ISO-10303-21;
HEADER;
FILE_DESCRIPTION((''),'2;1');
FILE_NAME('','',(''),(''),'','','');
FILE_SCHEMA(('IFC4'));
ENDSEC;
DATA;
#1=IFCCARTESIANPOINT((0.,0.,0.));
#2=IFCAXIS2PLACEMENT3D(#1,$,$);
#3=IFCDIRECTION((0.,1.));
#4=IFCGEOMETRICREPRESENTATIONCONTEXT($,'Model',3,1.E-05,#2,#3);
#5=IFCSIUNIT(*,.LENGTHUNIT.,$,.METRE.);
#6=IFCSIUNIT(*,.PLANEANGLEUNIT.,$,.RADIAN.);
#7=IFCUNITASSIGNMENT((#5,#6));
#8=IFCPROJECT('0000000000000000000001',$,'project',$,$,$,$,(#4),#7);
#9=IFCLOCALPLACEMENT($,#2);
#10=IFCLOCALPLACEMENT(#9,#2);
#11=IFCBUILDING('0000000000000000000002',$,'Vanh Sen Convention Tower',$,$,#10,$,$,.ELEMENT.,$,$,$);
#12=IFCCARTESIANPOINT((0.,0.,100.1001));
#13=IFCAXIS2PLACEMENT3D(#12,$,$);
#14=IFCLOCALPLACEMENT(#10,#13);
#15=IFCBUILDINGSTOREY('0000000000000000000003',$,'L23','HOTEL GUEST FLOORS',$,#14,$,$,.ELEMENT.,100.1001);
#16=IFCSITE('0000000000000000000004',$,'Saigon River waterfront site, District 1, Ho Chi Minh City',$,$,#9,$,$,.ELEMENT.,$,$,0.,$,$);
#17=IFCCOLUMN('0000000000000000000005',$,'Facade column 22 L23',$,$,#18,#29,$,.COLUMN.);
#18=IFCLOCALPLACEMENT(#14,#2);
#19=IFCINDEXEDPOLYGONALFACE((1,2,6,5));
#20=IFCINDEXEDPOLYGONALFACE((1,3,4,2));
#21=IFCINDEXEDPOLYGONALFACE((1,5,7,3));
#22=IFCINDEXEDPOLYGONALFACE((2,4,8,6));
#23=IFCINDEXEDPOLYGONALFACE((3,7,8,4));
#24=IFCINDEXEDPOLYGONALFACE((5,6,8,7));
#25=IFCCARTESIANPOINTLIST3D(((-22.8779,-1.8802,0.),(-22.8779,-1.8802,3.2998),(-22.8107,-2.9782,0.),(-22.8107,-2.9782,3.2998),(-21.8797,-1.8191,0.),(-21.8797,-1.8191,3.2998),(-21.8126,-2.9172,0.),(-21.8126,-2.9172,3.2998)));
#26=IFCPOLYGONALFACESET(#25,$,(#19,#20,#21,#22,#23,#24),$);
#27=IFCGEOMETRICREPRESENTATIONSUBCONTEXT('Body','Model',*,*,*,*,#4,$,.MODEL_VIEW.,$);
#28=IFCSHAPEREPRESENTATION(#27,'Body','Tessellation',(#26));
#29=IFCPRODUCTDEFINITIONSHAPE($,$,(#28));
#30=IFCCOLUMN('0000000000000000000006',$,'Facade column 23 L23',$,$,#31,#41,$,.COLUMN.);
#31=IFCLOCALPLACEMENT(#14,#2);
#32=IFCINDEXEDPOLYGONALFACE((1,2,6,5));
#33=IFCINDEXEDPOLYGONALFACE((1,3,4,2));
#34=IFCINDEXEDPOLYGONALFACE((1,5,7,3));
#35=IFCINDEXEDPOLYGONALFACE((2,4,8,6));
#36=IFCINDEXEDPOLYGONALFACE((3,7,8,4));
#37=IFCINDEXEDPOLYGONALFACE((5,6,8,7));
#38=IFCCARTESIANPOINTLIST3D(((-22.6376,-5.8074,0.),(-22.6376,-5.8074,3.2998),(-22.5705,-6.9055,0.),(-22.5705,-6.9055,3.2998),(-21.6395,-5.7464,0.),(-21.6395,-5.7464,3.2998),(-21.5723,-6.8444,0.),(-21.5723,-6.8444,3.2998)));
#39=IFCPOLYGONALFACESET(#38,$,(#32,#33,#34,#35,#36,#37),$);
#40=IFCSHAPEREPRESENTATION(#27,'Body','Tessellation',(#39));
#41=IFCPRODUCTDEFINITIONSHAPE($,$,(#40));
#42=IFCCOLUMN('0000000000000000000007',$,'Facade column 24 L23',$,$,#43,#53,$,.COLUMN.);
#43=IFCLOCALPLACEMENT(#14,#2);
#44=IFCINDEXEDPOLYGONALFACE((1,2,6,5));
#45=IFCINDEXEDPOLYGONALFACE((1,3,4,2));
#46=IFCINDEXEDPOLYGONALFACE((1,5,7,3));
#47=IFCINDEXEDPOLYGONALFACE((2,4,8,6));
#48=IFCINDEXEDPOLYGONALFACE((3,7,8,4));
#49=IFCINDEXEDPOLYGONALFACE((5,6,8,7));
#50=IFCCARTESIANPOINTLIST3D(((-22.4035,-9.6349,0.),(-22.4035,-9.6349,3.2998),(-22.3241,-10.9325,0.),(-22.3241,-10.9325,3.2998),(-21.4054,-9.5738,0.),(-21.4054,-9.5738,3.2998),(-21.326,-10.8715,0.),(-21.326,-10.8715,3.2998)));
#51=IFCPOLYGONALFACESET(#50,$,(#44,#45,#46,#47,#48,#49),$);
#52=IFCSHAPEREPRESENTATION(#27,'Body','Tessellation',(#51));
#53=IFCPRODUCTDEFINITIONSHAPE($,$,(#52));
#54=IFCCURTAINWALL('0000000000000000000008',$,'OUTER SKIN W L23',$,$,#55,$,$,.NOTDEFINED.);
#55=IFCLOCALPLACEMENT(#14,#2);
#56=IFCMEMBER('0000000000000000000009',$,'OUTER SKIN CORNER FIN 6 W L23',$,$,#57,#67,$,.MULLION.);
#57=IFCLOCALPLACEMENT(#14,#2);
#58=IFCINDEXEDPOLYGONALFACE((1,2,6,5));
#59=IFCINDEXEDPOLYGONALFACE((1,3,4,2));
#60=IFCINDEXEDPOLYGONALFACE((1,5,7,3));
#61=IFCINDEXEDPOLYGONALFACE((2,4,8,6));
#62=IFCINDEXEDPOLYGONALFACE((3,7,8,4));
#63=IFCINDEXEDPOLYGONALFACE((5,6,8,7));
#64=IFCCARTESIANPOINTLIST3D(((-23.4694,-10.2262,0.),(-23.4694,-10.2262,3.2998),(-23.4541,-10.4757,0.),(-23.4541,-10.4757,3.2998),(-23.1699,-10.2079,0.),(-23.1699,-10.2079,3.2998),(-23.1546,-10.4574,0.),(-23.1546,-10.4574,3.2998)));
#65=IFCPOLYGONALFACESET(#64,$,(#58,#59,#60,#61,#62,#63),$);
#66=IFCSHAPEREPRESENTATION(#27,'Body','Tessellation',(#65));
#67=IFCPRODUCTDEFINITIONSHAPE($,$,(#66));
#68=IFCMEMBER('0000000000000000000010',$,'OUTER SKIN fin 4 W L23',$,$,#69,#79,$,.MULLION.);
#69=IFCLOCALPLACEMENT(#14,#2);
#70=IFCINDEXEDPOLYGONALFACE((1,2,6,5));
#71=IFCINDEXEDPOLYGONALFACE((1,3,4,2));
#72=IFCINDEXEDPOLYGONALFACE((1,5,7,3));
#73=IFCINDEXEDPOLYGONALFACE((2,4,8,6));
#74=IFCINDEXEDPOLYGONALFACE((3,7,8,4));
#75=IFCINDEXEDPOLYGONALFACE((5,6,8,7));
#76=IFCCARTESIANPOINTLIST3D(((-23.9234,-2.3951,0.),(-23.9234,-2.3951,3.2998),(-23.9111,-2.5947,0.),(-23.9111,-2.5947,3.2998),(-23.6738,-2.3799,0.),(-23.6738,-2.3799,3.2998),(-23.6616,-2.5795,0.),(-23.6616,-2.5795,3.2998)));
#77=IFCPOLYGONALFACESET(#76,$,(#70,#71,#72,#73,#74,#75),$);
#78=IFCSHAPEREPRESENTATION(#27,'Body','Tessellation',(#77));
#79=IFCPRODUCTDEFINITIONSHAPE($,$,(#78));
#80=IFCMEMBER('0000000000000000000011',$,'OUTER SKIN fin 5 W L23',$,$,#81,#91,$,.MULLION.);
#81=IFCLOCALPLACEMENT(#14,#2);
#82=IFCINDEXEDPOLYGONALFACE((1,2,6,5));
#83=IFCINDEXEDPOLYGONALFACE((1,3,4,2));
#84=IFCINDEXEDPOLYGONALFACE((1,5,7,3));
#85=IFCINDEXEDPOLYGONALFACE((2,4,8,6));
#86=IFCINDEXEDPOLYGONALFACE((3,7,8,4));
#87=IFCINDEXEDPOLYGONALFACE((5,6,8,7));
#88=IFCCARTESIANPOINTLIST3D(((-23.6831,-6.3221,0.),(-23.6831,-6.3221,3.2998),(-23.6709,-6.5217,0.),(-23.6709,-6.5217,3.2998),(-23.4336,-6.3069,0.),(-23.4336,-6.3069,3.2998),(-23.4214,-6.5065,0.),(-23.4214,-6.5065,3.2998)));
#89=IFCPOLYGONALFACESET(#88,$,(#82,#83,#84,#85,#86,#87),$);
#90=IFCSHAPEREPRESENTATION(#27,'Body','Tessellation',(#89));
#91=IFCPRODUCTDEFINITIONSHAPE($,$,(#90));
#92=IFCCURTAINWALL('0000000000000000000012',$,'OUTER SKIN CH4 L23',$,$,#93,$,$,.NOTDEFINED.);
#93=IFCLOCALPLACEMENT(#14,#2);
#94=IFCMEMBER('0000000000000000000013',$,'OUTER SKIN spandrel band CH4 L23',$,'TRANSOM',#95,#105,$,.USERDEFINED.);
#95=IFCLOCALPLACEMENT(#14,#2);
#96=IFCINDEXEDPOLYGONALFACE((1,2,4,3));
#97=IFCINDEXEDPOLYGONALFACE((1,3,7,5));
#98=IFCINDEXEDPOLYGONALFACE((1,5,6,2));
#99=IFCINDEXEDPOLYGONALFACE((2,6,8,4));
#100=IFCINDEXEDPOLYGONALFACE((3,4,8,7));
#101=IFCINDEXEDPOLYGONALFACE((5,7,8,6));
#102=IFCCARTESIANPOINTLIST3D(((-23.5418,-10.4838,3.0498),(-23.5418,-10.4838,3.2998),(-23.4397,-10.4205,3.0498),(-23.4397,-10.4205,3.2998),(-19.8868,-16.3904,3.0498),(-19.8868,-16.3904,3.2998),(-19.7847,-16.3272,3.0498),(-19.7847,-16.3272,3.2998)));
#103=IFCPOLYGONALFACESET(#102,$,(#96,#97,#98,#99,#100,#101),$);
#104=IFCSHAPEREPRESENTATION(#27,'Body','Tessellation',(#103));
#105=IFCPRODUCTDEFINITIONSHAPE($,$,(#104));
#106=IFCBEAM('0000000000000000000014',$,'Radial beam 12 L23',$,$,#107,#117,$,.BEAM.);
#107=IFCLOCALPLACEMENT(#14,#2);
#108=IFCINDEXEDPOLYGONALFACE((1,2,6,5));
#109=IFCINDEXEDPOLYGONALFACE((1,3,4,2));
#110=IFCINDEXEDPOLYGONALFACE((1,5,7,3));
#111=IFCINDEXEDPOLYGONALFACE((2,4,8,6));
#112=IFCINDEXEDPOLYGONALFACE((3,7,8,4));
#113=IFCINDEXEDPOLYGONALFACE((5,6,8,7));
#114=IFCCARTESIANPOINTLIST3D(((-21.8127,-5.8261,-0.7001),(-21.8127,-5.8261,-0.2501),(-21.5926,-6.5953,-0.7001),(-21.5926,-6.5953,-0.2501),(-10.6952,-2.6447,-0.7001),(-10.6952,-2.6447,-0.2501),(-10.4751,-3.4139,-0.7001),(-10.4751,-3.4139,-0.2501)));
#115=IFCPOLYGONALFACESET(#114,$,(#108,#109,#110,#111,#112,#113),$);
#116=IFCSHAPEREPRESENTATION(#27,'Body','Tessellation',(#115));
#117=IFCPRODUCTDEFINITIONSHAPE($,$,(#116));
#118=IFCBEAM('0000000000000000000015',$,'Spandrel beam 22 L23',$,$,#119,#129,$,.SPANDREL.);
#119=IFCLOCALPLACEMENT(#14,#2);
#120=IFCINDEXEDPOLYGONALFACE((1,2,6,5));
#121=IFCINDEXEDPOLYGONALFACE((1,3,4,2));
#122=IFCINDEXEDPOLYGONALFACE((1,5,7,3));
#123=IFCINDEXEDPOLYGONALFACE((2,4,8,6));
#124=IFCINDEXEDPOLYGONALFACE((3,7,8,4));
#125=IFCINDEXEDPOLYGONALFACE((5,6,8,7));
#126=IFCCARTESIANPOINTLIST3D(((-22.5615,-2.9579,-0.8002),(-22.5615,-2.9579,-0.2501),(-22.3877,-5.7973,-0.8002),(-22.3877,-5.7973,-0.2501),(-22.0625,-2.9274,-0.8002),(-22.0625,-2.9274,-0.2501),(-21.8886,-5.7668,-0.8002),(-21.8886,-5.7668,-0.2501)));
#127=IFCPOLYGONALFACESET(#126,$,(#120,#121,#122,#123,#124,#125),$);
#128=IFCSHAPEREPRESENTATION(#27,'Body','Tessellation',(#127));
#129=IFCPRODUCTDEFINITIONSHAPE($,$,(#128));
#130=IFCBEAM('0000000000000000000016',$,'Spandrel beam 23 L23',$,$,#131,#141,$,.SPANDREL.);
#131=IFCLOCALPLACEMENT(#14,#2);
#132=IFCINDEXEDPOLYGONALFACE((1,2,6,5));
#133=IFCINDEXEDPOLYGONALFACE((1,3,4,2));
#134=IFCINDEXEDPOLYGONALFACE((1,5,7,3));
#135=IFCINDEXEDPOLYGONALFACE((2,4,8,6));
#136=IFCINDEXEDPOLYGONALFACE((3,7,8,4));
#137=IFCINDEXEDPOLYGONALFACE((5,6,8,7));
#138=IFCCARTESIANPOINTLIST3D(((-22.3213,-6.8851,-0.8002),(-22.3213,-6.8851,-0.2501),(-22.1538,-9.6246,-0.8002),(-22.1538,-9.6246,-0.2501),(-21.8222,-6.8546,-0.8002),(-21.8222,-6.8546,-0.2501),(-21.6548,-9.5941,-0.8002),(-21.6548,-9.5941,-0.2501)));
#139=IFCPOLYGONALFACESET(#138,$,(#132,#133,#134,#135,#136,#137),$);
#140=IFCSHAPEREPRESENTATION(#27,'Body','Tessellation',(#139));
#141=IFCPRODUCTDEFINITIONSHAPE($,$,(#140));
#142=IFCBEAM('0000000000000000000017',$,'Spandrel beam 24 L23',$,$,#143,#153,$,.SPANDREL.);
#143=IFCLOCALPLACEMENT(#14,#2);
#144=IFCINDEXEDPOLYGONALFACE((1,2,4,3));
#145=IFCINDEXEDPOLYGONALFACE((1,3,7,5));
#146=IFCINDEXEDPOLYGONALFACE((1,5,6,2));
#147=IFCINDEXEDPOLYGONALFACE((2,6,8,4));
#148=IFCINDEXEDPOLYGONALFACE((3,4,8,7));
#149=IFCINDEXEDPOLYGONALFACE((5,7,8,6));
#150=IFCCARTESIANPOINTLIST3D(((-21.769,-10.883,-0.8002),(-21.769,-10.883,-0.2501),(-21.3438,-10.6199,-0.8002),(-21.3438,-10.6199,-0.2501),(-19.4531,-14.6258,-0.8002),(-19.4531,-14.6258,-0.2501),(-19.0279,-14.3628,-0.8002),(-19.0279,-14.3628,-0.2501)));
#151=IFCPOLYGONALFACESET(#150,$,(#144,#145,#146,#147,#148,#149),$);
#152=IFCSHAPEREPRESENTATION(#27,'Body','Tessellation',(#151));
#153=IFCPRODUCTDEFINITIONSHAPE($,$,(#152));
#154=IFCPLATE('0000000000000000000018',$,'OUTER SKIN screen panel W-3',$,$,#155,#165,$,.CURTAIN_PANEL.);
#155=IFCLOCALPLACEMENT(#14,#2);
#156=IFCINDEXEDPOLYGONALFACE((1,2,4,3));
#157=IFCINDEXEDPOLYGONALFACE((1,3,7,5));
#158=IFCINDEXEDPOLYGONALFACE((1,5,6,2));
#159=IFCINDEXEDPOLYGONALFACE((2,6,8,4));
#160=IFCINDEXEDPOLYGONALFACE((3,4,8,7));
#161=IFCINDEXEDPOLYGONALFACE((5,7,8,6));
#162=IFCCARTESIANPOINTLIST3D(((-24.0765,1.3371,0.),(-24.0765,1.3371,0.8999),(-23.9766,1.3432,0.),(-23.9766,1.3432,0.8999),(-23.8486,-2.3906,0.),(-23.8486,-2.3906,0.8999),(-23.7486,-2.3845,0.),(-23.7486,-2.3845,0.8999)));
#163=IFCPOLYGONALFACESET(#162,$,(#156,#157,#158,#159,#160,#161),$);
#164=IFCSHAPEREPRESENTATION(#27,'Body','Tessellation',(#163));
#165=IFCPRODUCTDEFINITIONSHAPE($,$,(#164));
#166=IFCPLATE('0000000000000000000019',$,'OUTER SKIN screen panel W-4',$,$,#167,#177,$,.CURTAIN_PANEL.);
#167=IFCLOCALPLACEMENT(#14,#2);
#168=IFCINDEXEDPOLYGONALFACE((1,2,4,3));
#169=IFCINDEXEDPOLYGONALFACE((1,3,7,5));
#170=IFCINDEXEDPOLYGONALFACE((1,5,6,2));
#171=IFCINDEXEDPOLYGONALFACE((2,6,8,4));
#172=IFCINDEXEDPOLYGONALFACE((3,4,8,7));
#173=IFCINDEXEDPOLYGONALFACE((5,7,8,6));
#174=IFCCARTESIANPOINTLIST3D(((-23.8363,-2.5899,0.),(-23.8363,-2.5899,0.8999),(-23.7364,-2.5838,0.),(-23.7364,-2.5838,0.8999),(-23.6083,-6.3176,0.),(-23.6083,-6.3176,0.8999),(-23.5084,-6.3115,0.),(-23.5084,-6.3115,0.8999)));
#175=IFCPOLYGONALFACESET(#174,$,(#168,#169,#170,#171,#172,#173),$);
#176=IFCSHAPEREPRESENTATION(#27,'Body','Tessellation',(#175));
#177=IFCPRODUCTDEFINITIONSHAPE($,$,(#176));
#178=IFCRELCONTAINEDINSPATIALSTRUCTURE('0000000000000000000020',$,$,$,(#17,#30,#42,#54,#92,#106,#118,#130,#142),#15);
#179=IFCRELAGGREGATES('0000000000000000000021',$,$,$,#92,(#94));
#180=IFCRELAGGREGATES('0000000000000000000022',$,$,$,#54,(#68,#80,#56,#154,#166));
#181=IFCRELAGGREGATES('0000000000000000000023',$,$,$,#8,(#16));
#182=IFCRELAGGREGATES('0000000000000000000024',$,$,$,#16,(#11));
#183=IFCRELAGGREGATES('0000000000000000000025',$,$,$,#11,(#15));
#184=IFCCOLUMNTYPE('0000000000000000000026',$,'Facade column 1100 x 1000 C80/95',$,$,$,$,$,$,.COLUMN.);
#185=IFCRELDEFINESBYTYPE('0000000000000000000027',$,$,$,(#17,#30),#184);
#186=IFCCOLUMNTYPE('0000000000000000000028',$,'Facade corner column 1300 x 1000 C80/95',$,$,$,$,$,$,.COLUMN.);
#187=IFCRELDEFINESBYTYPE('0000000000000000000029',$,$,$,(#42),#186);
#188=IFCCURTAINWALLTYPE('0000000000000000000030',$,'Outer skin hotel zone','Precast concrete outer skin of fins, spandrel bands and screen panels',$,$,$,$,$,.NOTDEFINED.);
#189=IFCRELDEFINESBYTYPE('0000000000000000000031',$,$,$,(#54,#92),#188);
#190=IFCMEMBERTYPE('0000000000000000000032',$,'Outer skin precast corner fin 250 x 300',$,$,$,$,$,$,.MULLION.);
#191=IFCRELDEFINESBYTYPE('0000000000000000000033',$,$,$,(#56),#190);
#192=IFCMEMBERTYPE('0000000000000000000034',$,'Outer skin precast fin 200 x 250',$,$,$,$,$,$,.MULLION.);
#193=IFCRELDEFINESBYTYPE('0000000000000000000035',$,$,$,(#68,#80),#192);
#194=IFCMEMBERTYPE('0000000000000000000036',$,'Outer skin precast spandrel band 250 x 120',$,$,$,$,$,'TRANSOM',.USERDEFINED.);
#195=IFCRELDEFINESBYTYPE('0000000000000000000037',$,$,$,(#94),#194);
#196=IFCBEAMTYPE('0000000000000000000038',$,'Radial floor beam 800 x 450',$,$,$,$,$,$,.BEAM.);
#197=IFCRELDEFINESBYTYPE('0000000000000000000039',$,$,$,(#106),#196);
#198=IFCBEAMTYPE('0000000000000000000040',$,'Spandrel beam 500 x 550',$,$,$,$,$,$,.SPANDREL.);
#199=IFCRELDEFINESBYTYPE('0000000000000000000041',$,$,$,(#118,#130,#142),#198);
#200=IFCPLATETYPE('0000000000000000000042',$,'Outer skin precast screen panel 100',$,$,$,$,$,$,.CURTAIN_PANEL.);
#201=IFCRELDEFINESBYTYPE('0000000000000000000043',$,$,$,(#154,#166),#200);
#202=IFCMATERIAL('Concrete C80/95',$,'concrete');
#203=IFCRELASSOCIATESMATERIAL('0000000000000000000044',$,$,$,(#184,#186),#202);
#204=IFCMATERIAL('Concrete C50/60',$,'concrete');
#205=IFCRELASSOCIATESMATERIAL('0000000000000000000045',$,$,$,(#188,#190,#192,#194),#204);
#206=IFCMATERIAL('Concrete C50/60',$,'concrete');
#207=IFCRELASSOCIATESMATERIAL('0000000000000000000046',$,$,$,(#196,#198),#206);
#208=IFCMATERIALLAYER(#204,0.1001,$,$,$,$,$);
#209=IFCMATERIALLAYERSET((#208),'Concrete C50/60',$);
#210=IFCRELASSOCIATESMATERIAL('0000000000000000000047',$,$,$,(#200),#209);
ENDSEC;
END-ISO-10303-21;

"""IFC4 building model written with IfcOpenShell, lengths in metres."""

from ifc_helpers import new_model, si_unit, direction, frame, origin, origin_2d, place, context, subcontext, project, spatial, rectangle, extrude, material, layer, layer_set, material_profile, profile_set, type_object, element, aggregate, save


model = new_model("IFC4")

# Units and contexts
model_context = context("Model", 3, precision=1e-05, world=origin(), true_north=direction((0.0, 1.0)))
body_context = subcontext(model_context, "Body", "Model", "MODEL_VIEW")
ifc_project = project(units=[si_unit("LENGTHUNIT", "METRE"), si_unit("PLANEANGLEUNIT", "RADIAN")], contexts=[model_context])

# Site, building, storey
site_placement = place(None, origin())
site = spatial("IfcSite", under=ifc_project, at=site_placement, Name="Saigon River waterfront site, District 1, Ho Chi Minh City", CompositionType="ELEMENT", RefElevation=0.0)
building_placement = place(site_placement, origin())
building = spatial("IfcBuilding", under=site, at=building_placement, Name="Vanh Sen Convention Tower", CompositionType="ELEMENT")
storey_placement = place(building_placement, frame((0.0, 0.0, 100.1001)))
storey = spatial("IfcBuildingStorey", under=building, at=storey_placement, Name="L23", Description="HOTEL GUEST FLOORS", CompositionType="ELEMENT", Elevation=100.1001)

# Columns
ifc_material_1 = material(Name="Concrete C80/95", Category="concrete")
ifc_material_profile_1 = material_profile(ifc_material_1, rectangle(XDim=1.1001, YDim=1.0, at=origin_2d()), Name="RC 1100X1000")
ifc_profile_set_1 = profile_set([ifc_material_profile_1], Name="Concrete C80/95")
column_type_1 = type_object("IfcColumnType", Name="Facade column 1100 x 1000 C80/95", PredefinedType="COLUMN", material=ifc_profile_set_1)
for number, where, z_axis, x_axis, name in (
    (1, (-22.3452, -2.3987, 0.0), (0.0, 0.0, 1.0), (0.061049, -0.998135, 0.0), "Facade column 22 L23"),
    (2, (-22.105, -6.3259, 0.0), (0.0, 0.0, 1.0), (0.061049, -0.998135, 0.0), "Facade column 23 L23"),
):
    element("IfcColumn", number, at=place(storey_placement, frame(where, z_axis=z_axis, x_axis=x_axis)), inside=storey, type_object=column_type_1, Name=name, PredefinedType="COLUMN", context=body_context, shape_type="SweptSolid", body=[
        extrude(rectangle(XDim=1.1001, YDim=1.0, at=origin_2d()), origin(), (0.0, 0.0, 1.0), 3.2998),
    ])
ifc_material_profile_2 = material_profile(ifc_material_1, rectangle(XDim=1.3, YDim=1.0, at=origin_2d()), Name="RC 1300X1000")
ifc_profile_set_2 = profile_set([ifc_material_profile_2], Name="Concrete C80/95")
column_type_2 = type_object("IfcColumnType", Name="Facade corner column 1300 x 1000 C80/95", PredefinedType="COLUMN", material=ifc_profile_set_2)
column_placement = place(storey_placement, frame((-21.8647, -10.2532, 0.0), z_axis=(0.0, 0.0, 1.0), x_axis=(0.061049, -0.998135, 0.0)))
element("IfcColumn", 3, at=column_placement, inside=storey, type_object=column_type_2, Name="Facade column 24 L23", PredefinedType="COLUMN", context=body_context, shape_type="SweptSolid", body=[
    extrude(rectangle(XDim=1.3, YDim=1.0, at=origin_2d()), origin(), (0.0, 0.0, 1.0), 3.2998),
])

# Curtain wall, members
ifc_material_2 = material(Name="Concrete C50/60", Category="concrete")
curtain_wall_type = type_object("IfcCurtainWallType", Name="Outer skin hotel zone", Description="Precast concrete outer skin of fins, spandrel bands and screen panels", PredefinedType="NOTDEFINED", material=ifc_material_2)
curtain_wall_1_placement = place(storey_placement, origin())
curtain_wall_1 = element("IfcCurtainWall", 4, at=curtain_wall_1_placement, inside=storey, type_object=curtain_wall_type, Name="OUTER SKIN W L23", PredefinedType="NOTDEFINED")
ifc_material_profile_3 = material_profile(ifc_material_2, rectangle(XDim=0.25, YDim=0.3, at=origin_2d()), Name="Outer skin precast corner fin 250 x 300")
ifc_profile_set_3 = profile_set([ifc_material_profile_3], Name="Concrete C50/60")
member_type_1 = type_object("IfcMemberType", Name="Outer skin precast corner fin 250 x 300", PredefinedType="MULLION", material=ifc_profile_set_3)
member_1_placement = place(storey_placement, frame((-23.312, -10.3418, 0.0), z_axis=(0.0, 0.0, 1.0), x_axis=(0.061049, -0.998135, 0.0)))
member_1 = element("IfcMember", 5, at=member_1_placement, type_object=member_type_1, Name="OUTER SKIN CORNER FIN 6 W L23", PredefinedType="MULLION", context=body_context, shape_type="SweptSolid", body=[
    extrude(rectangle(XDim=0.25, YDim=0.3, at=origin_2d()), origin(), (0.0, 0.0, 1.0), 3.2998),
])
ifc_material_profile_4 = material_profile(ifc_material_2, rectangle(XDim=0.2, YDim=0.25, at=origin_2d()), Name="Outer skin precast fin 200 x 250")
ifc_profile_set_4 = profile_set([ifc_material_profile_4], Name="Concrete C50/60")
member_type_2 = type_object("IfcMemberType", Name="Outer skin precast fin 200 x 250", PredefinedType="MULLION", material=ifc_profile_set_4)
member_2_placement = place(storey_placement, frame((-23.7925, -2.4873, 0.0), z_axis=(0.0, 0.0, 1.0), x_axis=(0.061049, -0.998135, 0.0)))
member_2 = element("IfcMember", 6, at=member_2_placement, type_object=member_type_2, Name="OUTER SKIN fin 4 W L23", PredefinedType="MULLION", context=body_context, shape_type="SweptSolid", body=[
    extrude(rectangle(XDim=0.2, YDim=0.25, at=origin_2d()), origin(), (0.0, 0.0, 1.0), 3.2998),
])
member_3_placement = place(storey_placement, frame((-23.5522, -6.4143, 0.0), z_axis=(0.0, 0.0, 1.0), x_axis=(0.061049, -0.998135, 0.0)))
member_3 = element("IfcMember", 7, at=member_3_placement, type_object=member_type_2, Name="OUTER SKIN fin 5 W L23", PredefinedType="MULLION", context=body_context, shape_type="SweptSolid", body=[
    extrude(rectangle(XDim=0.2, YDim=0.25, at=origin_2d()), origin(), (0.0, 0.0, 1.0), 3.2998),
])

# Curtain wall, member
curtain_wall_2_placement = place(storey_placement, origin())
curtain_wall_2 = element("IfcCurtainWall", 8, at=curtain_wall_2_placement, inside=storey, type_object=curtain_wall_type, Name="OUTER SKIN CH4 L23", PredefinedType="NOTDEFINED")
ifc_material_profile_5 = material_profile(ifc_material_2, rectangle(XDim=0.1201, YDim=0.25, at=origin_2d()), Name="Outer skin precast spandrel band 250 x 120")
ifc_profile_set_5 = profile_set([ifc_material_profile_5], Name="Concrete C50/60")
member_type_3 = type_object("IfcMemberType", Name="Outer skin precast spandrel band 250 x 120", ElementType="TRANSOM", PredefinedType="USERDEFINED", material=ifc_profile_set_5)
member_4_placement = place(storey_placement, frame((-23.4907, -10.4521, 3.1748), z_axis=(0.526196, -0.850363, 0.0), x_axis=(0.850363, 0.526196, 0.0)))
member_4 = element("IfcMember", 9, at=member_4_placement, type_object=member_type_3, Name="OUTER SKIN spandrel band CH4 L23", ObjectType="TRANSOM", PredefinedType="USERDEFINED", context=body_context, shape_type="SweptSolid", body=[
    extrude(rectangle(XDim=0.1201, YDim=0.25, at=origin_2d()), origin(), (0.0, 0.0, 1.0), 6.946),
])
aggregate(curtain_wall_2, [member_4])

# Beams
ifc_material_3 = material(Name="Concrete C50/60", Category="concrete")
ifc_material_profile_6 = material_profile(ifc_material_3, rectangle(XDim=0.8, YDim=0.45, at=origin_2d()), Name="RC 800X450")
ifc_profile_set_6 = profile_set([ifc_material_profile_6], Name="Concrete C50/60")
beam_type_1 = type_object("IfcBeamType", Name="Radial floor beam 800 x 450", PredefinedType="BEAM", material=ifc_profile_set_6)
beam_1_placement = place(storey_placement, frame((-21.7026, -6.2107, -0.4751), z_axis=(0.96141, 0.27512, 0.0), x_axis=(-0.27512, 0.96141, 0.0)))
element("IfcBeam", 10, at=beam_1_placement, inside=storey, type_object=beam_type_1, Name="Radial beam 12 L23", PredefinedType="BEAM", context=body_context, shape_type="SweptSolid", body=[
    extrude(rectangle(XDim=0.8, YDim=0.45, at=origin_2d()), origin(), (0.0, 0.0, 1.0), 11.5637),
])
ifc_material_profile_7 = material_profile(ifc_material_3, rectangle(XDim=0.5, YDim=0.55, at=origin_2d()), Name="RC 500X550")
ifc_profile_set_7 = profile_set([ifc_material_profile_7], Name="Concrete C50/60")
beam_type_2 = type_object("IfcBeamType", Name="Spandrel beam 500 x 550", PredefinedType="SPANDREL", material=ifc_profile_set_7)
beam_2_placement = place(storey_placement, frame((-22.312, -2.9426, -0.5251), z_axis=(0.061107, -0.998131, 0.0), x_axis=(0.998131, 0.061107, 0.0)))
element("IfcBeam", 11, at=beam_2_placement, inside=storey, type_object=beam_type_2, Name="Spandrel beam 22 L23", PredefinedType="SPANDREL", context=body_context, shape_type="SweptSolid", body=[
    extrude(rectangle(XDim=0.5, YDim=0.55, at=origin_2d()), origin(), (0.0, 0.0, 1.0), 2.8447),
])
beam_3_placement = place(storey_placement, frame((-22.0718, -6.8699, -0.5251), z_axis=(0.061021, -0.998136, 0.0), x_axis=(0.998136, 0.061021, 0.0)))
element("IfcBeam", 12, at=beam_3_placement, inside=storey, type_object=beam_type_2, Name="Spandrel beam 23 L23", PredefinedType="SPANDREL", context=body_context, shape_type="SweptSolid", body=[
    extrude(rectangle(XDim=0.5, YDim=0.55, at=origin_2d()), origin(), (0.0, 0.0, 1.0), 2.7446),
])
beam_4_placement = place(storey_placement, frame((-21.5564, -10.7515, -0.5251), z_axis=(0.526169, -0.85038, 0.0), x_axis=(0.85038, 0.526169, 0.0)))
element("IfcBeam", 13, at=beam_4_placement, inside=storey, type_object=beam_type_2, Name="Spandrel beam 24 L23", PredefinedType="SPANDREL", context=body_context, shape_type="SweptSolid", body=[
    extrude(rectangle(XDim=0.5, YDim=0.55, at=origin_2d()), origin(), (0.0, 0.0, 1.0), 4.4014),
])

# Plates
ifc_layer_1 = layer(ifc_material_2, 0.1001)
ifc_layer_set_1 = layer_set([ifc_layer_1], Name="Concrete C50/60")
plate_type = type_object("IfcPlateType", Name="Outer skin precast screen panel 100", PredefinedType="CURTAIN_PANEL", material=ifc_layer_set_1)
plate_1_placement = place(storey_placement, frame((-23.9126, -0.5237, 0.0), z_axis=(0.0, 0.0, 1.0), x_axis=(0.061047, -0.998135, 0.0)))
plate_1 = element("IfcPlate", 14, at=plate_1_placement, type_object=plate_type, Name="OUTER SKIN screen panel W-3", PredefinedType="CURTAIN_PANEL", context=body_context, shape_type="SweptSolid", body=[
    extrude(rectangle(XDim=3.7346, YDim=0.1001, at=origin_2d()), origin(), (0.0, 0.0, 1.0), 0.8999),
])
plate_2_placement = place(storey_placement, frame((-23.6724, -4.4507, 0.0), z_axis=(0.0, 0.0, 1.0), x_axis=(0.061049, -0.998135, 0.0)))
plate_2 = element("IfcPlate", 15, at=plate_2_placement, type_object=plate_type, Name="OUTER SKIN screen panel W-4", PredefinedType="CURTAIN_PANEL", context=body_context, shape_type="SweptSolid", body=[
    extrude(rectangle(XDim=3.7346, YDim=0.1001, at=origin_2d()), origin(), (0.0, 0.0, 1.0), 0.8999),
])
aggregate(curtain_wall_1, [member_2, member_3, member_1, plate_1, plate_2])

save(model, "model.ifc")
